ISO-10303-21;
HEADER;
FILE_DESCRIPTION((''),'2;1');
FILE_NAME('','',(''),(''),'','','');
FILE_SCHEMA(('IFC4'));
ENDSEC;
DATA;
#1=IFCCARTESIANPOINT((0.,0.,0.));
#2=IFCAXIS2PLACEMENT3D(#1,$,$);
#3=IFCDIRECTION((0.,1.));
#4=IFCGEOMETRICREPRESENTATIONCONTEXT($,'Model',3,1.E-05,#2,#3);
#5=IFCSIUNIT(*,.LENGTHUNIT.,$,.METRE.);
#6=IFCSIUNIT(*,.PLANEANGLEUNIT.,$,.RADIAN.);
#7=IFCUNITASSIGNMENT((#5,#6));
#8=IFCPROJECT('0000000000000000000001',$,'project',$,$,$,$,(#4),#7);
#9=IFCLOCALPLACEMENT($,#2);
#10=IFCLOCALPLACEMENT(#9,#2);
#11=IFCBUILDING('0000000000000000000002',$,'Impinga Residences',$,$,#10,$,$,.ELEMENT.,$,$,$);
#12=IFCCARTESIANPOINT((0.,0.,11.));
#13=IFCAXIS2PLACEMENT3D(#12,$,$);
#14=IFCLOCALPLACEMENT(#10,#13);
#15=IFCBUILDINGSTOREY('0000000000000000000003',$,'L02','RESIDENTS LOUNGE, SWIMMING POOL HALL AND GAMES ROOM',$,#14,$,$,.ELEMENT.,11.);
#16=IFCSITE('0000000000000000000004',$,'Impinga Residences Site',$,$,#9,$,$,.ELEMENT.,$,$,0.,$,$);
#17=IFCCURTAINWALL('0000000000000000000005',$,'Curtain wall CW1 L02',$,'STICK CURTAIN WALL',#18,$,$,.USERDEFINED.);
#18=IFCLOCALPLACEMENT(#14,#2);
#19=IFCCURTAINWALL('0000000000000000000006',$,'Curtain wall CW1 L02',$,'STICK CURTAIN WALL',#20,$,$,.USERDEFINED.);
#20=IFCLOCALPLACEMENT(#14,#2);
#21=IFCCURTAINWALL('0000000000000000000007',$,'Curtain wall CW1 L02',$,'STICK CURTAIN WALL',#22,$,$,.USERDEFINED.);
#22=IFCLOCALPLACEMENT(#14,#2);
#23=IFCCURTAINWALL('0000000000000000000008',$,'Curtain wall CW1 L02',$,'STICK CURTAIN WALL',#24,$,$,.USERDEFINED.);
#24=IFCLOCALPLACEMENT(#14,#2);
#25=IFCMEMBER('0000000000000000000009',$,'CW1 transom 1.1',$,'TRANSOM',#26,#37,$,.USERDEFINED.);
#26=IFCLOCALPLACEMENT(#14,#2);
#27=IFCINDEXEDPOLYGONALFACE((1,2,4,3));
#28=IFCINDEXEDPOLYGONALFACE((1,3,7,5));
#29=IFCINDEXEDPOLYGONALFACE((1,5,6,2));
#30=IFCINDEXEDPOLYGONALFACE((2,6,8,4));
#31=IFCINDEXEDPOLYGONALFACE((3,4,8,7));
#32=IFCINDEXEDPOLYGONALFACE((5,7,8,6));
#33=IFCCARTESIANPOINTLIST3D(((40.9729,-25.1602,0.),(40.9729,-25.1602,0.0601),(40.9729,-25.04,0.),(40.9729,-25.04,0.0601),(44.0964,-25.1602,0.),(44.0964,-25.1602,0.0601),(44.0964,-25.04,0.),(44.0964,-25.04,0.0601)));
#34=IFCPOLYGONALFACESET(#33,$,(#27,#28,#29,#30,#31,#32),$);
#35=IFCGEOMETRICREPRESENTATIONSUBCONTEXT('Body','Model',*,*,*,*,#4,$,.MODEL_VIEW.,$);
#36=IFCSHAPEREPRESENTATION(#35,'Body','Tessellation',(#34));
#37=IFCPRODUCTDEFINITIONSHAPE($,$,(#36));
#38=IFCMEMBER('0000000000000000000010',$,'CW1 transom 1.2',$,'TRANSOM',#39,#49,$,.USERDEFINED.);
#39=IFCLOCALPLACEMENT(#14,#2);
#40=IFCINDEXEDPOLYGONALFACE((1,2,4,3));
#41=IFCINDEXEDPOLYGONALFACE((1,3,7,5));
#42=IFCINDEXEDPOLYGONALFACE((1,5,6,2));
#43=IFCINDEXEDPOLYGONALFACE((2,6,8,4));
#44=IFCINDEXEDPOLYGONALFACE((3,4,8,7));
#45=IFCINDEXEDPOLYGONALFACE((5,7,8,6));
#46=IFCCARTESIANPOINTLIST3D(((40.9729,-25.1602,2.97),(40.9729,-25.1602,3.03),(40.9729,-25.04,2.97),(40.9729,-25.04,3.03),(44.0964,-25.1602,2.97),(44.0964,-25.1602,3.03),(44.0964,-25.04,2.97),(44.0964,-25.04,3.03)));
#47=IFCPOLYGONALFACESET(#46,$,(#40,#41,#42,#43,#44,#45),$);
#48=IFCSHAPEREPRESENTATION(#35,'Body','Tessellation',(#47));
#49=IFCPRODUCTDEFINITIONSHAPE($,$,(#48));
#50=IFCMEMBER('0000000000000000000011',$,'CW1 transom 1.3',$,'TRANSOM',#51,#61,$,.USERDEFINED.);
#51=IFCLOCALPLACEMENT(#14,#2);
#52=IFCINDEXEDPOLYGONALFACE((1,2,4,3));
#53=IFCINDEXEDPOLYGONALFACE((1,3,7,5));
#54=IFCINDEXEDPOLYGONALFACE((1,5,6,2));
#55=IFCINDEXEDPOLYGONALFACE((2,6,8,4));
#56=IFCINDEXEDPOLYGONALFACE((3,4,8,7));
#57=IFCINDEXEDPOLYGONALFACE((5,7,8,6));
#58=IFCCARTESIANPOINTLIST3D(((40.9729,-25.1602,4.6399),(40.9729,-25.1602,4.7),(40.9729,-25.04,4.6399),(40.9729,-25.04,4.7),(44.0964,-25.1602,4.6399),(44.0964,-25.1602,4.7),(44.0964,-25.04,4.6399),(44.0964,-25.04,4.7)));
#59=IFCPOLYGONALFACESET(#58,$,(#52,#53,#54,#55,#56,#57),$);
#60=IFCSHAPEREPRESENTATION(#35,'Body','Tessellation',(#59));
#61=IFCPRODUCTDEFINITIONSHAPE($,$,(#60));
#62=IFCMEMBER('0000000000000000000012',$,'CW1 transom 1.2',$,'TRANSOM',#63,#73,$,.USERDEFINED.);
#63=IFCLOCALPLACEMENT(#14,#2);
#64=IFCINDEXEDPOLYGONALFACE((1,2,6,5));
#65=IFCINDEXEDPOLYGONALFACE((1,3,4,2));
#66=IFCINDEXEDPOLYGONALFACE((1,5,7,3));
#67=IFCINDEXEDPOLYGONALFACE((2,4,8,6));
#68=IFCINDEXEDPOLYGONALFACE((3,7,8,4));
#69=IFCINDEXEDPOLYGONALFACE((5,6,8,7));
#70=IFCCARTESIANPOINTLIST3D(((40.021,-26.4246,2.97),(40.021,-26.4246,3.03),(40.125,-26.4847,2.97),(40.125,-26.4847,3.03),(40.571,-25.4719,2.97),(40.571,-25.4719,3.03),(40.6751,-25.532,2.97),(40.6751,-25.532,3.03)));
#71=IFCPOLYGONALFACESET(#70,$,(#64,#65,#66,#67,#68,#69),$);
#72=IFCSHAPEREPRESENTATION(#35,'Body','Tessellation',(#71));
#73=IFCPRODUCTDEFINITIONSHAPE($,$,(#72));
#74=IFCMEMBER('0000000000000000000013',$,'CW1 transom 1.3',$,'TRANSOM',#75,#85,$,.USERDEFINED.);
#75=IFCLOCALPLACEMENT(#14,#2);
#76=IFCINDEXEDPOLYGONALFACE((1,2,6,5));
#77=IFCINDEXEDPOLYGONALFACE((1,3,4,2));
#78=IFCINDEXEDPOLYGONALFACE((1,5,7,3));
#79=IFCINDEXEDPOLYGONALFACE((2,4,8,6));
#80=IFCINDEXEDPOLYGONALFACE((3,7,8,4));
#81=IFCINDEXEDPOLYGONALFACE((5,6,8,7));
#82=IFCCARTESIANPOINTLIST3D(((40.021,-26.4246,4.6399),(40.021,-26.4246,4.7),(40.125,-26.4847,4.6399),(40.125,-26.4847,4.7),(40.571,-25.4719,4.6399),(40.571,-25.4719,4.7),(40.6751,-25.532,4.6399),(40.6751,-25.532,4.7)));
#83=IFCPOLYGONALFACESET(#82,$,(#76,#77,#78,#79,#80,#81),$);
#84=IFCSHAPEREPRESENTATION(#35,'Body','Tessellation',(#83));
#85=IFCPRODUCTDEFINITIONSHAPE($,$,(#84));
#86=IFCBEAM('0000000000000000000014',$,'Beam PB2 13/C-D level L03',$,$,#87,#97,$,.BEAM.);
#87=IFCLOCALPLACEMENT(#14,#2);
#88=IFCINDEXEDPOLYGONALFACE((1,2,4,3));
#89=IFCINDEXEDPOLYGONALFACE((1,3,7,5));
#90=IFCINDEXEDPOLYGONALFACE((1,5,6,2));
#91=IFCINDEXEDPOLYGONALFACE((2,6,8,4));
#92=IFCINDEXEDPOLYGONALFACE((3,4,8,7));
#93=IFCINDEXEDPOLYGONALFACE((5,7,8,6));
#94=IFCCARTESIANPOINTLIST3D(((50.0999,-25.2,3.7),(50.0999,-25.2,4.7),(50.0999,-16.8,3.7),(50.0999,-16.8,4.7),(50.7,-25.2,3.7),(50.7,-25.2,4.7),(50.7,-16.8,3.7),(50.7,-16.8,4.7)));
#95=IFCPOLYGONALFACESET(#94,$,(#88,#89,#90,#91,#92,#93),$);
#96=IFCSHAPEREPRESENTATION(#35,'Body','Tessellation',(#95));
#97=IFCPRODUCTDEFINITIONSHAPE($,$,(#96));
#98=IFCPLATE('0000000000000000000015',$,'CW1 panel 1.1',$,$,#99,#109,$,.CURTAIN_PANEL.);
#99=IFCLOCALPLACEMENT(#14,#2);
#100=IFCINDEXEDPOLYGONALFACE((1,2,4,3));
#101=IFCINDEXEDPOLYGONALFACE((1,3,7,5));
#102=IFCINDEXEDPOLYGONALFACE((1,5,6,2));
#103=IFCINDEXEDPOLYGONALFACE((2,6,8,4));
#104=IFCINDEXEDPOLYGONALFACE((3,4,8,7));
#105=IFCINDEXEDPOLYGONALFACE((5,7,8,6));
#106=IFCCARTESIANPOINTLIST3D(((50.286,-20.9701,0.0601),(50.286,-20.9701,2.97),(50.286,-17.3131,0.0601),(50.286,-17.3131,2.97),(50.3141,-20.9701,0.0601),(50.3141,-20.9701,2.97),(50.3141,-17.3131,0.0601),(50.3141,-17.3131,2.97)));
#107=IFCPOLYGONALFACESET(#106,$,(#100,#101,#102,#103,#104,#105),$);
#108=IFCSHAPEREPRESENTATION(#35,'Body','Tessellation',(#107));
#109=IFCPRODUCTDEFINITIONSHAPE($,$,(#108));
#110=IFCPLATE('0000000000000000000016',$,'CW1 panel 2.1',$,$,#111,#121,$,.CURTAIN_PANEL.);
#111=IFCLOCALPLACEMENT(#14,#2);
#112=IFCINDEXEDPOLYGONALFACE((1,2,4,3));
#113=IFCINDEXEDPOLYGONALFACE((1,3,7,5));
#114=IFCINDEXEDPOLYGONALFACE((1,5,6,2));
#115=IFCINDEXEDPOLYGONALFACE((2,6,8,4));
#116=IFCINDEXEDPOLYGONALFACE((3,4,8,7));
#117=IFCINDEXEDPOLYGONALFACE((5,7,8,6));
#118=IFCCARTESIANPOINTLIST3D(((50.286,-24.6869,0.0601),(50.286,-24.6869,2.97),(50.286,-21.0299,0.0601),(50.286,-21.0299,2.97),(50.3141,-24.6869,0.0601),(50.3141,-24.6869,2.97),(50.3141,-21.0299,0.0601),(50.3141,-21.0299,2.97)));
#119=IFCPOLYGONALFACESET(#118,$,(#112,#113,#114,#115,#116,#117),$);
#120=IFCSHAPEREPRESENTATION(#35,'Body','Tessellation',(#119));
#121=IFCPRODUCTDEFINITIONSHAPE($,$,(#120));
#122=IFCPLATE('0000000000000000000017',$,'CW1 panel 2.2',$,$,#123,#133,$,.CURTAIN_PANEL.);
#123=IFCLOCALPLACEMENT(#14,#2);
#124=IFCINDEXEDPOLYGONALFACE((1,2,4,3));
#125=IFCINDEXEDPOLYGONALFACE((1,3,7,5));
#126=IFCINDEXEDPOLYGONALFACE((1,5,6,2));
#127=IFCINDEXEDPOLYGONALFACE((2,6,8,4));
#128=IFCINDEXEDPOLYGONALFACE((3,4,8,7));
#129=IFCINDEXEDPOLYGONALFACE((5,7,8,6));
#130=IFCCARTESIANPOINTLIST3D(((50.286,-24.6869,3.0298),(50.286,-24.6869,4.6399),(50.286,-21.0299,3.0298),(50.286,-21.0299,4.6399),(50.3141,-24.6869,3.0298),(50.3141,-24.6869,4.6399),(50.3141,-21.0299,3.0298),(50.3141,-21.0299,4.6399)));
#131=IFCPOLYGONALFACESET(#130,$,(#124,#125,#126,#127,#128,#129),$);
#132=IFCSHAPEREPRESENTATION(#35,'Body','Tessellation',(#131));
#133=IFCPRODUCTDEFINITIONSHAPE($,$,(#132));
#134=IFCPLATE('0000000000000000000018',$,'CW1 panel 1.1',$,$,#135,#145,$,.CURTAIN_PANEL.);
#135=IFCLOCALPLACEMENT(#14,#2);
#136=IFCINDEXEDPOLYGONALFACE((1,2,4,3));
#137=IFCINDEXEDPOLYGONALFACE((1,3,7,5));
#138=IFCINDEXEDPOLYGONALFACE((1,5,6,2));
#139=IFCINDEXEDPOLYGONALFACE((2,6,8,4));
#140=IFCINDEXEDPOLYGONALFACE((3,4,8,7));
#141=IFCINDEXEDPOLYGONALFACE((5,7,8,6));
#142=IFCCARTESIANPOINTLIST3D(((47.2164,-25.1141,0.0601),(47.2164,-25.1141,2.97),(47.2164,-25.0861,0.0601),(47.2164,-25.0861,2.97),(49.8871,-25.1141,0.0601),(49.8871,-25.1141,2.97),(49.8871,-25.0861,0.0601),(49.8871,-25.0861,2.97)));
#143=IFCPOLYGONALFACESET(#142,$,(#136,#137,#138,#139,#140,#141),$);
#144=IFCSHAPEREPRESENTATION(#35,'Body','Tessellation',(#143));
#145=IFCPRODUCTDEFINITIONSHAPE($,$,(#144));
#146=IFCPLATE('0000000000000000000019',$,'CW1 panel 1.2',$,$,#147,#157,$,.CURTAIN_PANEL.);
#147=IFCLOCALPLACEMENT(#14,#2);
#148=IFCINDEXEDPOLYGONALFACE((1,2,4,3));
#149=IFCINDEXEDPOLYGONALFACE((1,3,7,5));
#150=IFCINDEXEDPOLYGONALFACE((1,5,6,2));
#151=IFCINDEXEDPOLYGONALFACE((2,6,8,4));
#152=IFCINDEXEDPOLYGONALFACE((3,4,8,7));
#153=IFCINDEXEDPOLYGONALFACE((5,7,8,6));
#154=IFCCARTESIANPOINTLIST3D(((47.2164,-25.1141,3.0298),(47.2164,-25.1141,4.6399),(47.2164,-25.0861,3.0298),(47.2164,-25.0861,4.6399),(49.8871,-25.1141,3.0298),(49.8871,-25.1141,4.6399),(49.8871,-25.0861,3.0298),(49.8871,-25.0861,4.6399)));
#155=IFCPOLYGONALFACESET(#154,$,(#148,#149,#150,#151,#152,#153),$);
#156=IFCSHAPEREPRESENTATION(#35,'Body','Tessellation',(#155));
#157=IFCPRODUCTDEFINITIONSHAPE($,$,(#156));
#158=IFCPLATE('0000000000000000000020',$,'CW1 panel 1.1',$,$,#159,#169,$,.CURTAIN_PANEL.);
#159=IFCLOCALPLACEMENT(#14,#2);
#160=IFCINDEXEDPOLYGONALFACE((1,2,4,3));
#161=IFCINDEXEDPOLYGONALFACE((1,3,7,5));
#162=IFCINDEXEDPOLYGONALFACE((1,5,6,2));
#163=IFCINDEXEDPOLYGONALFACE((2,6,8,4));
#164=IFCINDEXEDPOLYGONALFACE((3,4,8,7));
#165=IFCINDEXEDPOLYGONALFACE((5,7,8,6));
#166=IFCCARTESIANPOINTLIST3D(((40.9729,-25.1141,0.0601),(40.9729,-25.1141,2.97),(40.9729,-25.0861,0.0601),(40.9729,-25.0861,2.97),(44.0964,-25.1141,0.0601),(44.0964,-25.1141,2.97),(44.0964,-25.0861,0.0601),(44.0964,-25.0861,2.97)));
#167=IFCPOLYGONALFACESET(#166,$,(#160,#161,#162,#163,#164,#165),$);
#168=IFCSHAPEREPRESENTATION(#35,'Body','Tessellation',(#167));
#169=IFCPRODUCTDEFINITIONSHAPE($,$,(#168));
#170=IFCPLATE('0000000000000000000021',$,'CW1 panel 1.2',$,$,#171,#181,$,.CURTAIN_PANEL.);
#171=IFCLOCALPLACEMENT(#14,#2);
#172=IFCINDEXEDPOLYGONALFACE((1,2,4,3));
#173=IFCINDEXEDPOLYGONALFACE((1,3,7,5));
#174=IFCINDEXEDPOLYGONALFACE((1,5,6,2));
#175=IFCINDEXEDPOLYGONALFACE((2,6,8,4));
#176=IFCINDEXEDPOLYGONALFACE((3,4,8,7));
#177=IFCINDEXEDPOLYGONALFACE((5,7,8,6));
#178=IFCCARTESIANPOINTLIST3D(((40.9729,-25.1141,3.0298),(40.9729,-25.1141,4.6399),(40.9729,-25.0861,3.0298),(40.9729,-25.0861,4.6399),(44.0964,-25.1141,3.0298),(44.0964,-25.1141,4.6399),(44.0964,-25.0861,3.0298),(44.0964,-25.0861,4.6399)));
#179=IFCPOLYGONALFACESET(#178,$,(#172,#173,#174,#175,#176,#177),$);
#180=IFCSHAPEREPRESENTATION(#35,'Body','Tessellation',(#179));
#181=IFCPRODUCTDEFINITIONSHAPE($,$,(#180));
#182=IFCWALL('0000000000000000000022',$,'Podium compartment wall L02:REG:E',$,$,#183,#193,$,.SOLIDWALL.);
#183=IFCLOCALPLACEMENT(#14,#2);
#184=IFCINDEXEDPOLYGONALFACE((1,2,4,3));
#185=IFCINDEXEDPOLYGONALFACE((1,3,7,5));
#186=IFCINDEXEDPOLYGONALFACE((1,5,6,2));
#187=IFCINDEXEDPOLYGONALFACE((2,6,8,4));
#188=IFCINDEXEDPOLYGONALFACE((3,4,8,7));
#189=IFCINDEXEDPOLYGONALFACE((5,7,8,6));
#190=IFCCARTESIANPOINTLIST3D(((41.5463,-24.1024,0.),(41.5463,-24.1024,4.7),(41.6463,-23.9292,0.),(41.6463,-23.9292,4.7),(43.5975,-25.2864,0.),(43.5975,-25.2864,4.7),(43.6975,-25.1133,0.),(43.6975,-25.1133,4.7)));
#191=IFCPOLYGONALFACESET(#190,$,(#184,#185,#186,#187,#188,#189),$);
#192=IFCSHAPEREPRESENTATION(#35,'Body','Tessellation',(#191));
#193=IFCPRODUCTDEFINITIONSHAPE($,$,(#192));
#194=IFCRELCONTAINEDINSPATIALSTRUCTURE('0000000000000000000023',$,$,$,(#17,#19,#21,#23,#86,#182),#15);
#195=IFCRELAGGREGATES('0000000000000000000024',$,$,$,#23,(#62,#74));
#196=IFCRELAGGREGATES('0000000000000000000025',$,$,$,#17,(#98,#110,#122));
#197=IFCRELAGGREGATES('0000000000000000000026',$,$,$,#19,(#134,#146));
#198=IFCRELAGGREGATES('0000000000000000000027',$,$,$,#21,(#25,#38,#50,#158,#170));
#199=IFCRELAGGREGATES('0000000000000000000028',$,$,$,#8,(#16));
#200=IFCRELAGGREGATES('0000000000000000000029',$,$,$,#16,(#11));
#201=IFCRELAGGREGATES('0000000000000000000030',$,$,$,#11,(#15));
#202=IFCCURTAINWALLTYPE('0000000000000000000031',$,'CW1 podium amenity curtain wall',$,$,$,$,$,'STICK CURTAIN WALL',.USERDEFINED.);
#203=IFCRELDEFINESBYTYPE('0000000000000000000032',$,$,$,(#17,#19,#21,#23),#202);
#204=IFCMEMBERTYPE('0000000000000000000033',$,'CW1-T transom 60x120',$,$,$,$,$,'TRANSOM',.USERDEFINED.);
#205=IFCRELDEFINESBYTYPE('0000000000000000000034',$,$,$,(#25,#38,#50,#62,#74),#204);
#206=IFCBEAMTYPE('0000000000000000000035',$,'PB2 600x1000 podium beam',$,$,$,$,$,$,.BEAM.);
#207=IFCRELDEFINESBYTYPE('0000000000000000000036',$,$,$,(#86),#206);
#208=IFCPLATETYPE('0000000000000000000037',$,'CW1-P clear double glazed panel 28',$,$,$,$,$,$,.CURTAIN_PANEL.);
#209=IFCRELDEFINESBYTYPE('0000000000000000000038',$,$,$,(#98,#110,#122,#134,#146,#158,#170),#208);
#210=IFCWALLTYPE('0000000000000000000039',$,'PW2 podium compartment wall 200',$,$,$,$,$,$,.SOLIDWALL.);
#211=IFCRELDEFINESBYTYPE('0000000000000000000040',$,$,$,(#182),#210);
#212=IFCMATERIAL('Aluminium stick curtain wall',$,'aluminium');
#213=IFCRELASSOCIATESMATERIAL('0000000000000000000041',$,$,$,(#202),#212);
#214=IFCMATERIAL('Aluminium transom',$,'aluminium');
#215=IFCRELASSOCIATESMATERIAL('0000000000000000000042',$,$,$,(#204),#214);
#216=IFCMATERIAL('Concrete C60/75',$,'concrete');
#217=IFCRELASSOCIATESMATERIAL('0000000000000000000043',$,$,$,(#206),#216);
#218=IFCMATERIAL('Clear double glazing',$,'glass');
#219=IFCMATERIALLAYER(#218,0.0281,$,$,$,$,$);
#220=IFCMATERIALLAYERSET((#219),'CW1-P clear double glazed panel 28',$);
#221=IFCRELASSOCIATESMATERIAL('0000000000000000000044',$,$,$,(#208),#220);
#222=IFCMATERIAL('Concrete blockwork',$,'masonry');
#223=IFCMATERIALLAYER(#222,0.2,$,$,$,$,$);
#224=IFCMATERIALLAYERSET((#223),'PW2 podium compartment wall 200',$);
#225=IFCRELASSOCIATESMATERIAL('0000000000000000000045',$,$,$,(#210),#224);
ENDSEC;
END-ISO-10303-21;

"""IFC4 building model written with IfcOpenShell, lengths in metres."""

from ifc_helpers import new_model, si_unit, direction, frame, frame_2d, origin, origin_2d, place, context, subcontext, project, spatial, rectangle, extrude, material, layer, layer_set, material_profile, profile_set, type_object, element, aggregate, save


model = new_model("IFC4")

# Units and contexts
model_context = context("Model", 3, precision=1e-05, world=origin(), true_north=direction((0.0, 1.0)))
body_context = subcontext(model_context, "Body", "Model", "MODEL_VIEW")
ifc_project = project(units=[si_unit("LENGTHUNIT", "METRE"), si_unit("PLANEANGLEUNIT", "RADIAN")], contexts=[model_context])

# Site, building, storey
site_placement = place(None, origin())
site = spatial("IfcSite", under=ifc_project, at=site_placement, Name="Impinga Residences Site", CompositionType="ELEMENT", RefElevation=0.0)
building_placement = place(site_placement, origin())
building = spatial("IfcBuilding", under=site, at=building_placement, Name="Impinga Residences", CompositionType="ELEMENT")
storey_placement = place(building_placement, frame((0.0, 0.0, 11.0)))
storey = spatial("IfcBuildingStorey", under=building, at=storey_placement, Name="L02", Description="RESIDENTS LOUNGE, SWIMMING POOL HALL AND GAMES ROOM", CompositionType="ELEMENT", Elevation=11.0)

# Curtain walls
ifc_material_1 = material(Name="Aluminium stick curtain wall", Category="aluminium")
curtain_wall_type = type_object("IfcCurtainWallType", Name="CW1 podium amenity curtain wall", ElementType="STICK CURTAIN WALL", PredefinedType="USERDEFINED", material=ifc_material_1)
curtain_wall_1_placement = place(storey_placement, origin())
curtain_wall_1 = element("IfcCurtainWall", 1, at=curtain_wall_1_placement, inside=storey, type_object=curtain_wall_type, Name="Curtain wall CW1 L02", ObjectType="STICK CURTAIN WALL", PredefinedType="USERDEFINED")
curtain_wall_2_placement = place(storey_placement, origin())
curtain_wall_2 = element("IfcCurtainWall", 2, at=curtain_wall_2_placement, inside=storey, type_object=curtain_wall_type, Name="Curtain wall CW1 L02", ObjectType="STICK CURTAIN WALL", PredefinedType="USERDEFINED")
curtain_wall_3_placement = place(storey_placement, origin())
curtain_wall_3 = element("IfcCurtainWall", 3, at=curtain_wall_3_placement, inside=storey, type_object=curtain_wall_type, Name="Curtain wall CW1 L02", ObjectType="STICK CURTAIN WALL", PredefinedType="USERDEFINED")

# Curtain wall
curtain_wall_4_placement = place(storey_placement, origin())
curtain_wall_4 = element("IfcCurtainWall", 4, at=curtain_wall_4_placement, inside=storey, type_object=curtain_wall_type, Name="Curtain wall CW1 L02", ObjectType="STICK CURTAIN WALL", PredefinedType="USERDEFINED")

# Members
ifc_material_2 = material(Name="Aluminium transom", Category="aluminium")
ifc_material_profile_1 = material_profile(ifc_material_2, rectangle(XDim=0.0601, YDim=0.1201, at=origin_2d()), Name="60x120 transom")
ifc_profile_set_1 = profile_set([ifc_material_profile_1], Name="Aluminium transom")
member_type_1 = type_object("IfcMemberType", Name="CW1-T transom 60x120", ElementType="TRANSOM", PredefinedType="USERDEFINED", material=ifc_profile_set_1)
member_1_placement = place(storey_placement, frame((44.0964, -25.1001, 0.03), z_axis=(-1.0, 0.0, 0.0), x_axis=(0.0, 0.0, 1.0)))
member_1 = element("IfcMember", 5, at=member_1_placement, type_object=member_type_1, Name="CW1 transom 1.1", ObjectType="TRANSOM", PredefinedType="USERDEFINED", context=body_context, shape_type="SweptSolid", body=[
    extrude(rectangle(XDim=0.0601, YDim=0.1201, at=origin_2d()), origin(), (0.0, 0.0, 1.0), 3.1235),
])
member_2_placement = place(storey_placement, frame((44.0964, -25.1001, 3.0), z_axis=(-1.0, 0.0, 0.0), x_axis=(0.0, 0.0, 1.0)))
member_2 = element("IfcMember", 6, at=member_2_placement, type_object=member_type_1, Name="CW1 transom 1.2", ObjectType="TRANSOM", PredefinedType="USERDEFINED", context=body_context, shape_type="SweptSolid", body=[
    extrude(rectangle(XDim=0.0601, YDim=0.1201, at=origin_2d()), origin(), (0.0, 0.0, 1.0), 3.1235),
])
member_3_placement = place(storey_placement, frame((44.0964, -25.1001, 4.6699), z_axis=(-1.0, 0.0, 0.0), x_axis=(0.0, 0.0, 1.0)))
member_3 = element("IfcMember", 7, at=member_3_placement, type_object=member_type_1, Name="CW1 transom 1.3", ObjectType="TRANSOM", PredefinedType="USERDEFINED", context=body_context, shape_type="SweptSolid", body=[
    extrude(rectangle(XDim=0.0601, YDim=0.1201, at=origin_2d()), origin(), (0.0, 0.0, 1.0), 3.1235),
])
member_4_placement = place(storey_placement, frame((40.623, -25.502, 3.0), z_axis=(-0.50003, -0.866008, 0.0), x_axis=(0.0, 0.0, 1.0)))
member_4 = element("IfcMember", 8, at=member_4_placement, type_object=member_type_1, Name="CW1 transom 1.2", ObjectType="TRANSOM", PredefinedType="USERDEFINED", context=body_context, shape_type="SweptSolid", body=[
    extrude(rectangle(XDim=0.0601, YDim=0.1201, at=origin_2d()), origin(), (0.0, 0.0, 1.0), 1.1001),
])
member_5_placement = place(storey_placement, frame((40.623, -25.502, 4.6699), z_axis=(-0.50003, -0.866008, 0.0), x_axis=(0.0, 0.0, 1.0)))
member_5 = element("IfcMember", 9, at=member_5_placement, type_object=member_type_1, Name="CW1 transom 1.3", ObjectType="TRANSOM", PredefinedType="USERDEFINED", context=body_context, shape_type="SweptSolid", body=[
    extrude(rectangle(XDim=0.0601, YDim=0.1201, at=origin_2d()), origin(), (0.0, 0.0, 1.0), 1.1001),
])
aggregate(curtain_wall_4, [member_4, member_5])

# Beam
ifc_material_3 = material(Name="Concrete C60/75", Category="concrete")
ifc_material_profile_2 = material_profile(ifc_material_3, rectangle(XDim=0.6001, YDim=1.0, at=origin_2d()), Name="RC 600x1000")
ifc_profile_set_2 = profile_set([ifc_material_profile_2], Name="Concrete C60/75")
beam_type = type_object("IfcBeamType", Name="PB2 600x1000 podium beam", PredefinedType="BEAM", material=ifc_profile_set_2)
beam_placement = place(storey_placement, frame((50.3999, -25.2, 4.2), z_axis=(0.0, 1.0, 0.0), x_axis=(-1.0, 0.0, 0.0)))
element("IfcBeam", 10, at=beam_placement, inside=storey, type_object=beam_type, Name="Beam PB2 13/C-D level L03", PredefinedType="BEAM", context=body_context, shape_type="SweptSolid", body=[
    extrude(rectangle(XDim=0.6001, YDim=1.0, at=origin_2d()), origin(), (0.0, 0.0, 1.0), 8.3999),
])

# Plates
ifc_material_4 = material(Name="Clear double glazing", Category="glass")
ifc_layer_1 = layer(ifc_material_4, 0.0281)
ifc_layer_set_1 = layer_set([ifc_layer_1], Name="CW1-P clear double glazed panel 28")
plate_type = type_object("IfcPlateType", Name="CW1-P clear double glazed panel 28", PredefinedType="CURTAIN_PANEL", material=ifc_layer_set_1)
plate_1_placement = place(storey_placement, frame((50.3, -19.1416, 0.0601), z_axis=(0.0, 0.0, 1.0), x_axis=(0.0, -1.0, 0.0)))
plate_1 = element("IfcPlate", 11, at=plate_1_placement, type_object=plate_type, Name="CW1 panel 1.1", PredefinedType="CURTAIN_PANEL", context=body_context, shape_type="SweptSolid", body=[
    extrude(rectangle(XDim=3.657, YDim=0.0281, at=origin_2d()), origin(), (0.0, 0.0, 1.0), 2.9099),
])
plate_2_placement = place(storey_placement, frame((50.3, -22.8584, 0.0601), z_axis=(0.0, 0.0, 1.0), x_axis=(0.0, -1.0, 0.0)))
plate_2 = element("IfcPlate", 12, at=plate_2_placement, type_object=plate_type, Name="CW1 panel 2.1", PredefinedType="CURTAIN_PANEL", context=body_context, shape_type="SweptSolid", body=[
    extrude(rectangle(XDim=3.657, YDim=0.0281, at=origin_2d()), origin(), (0.0, 0.0, 1.0), 2.9099),
])
plate_3_placement = place(storey_placement, frame((50.3, -22.8584, 3.0298), z_axis=(0.0, 0.0, 1.0), x_axis=(0.0, -1.0, 0.0)))
plate_3 = element("IfcPlate", 13, at=plate_3_placement, type_object=plate_type, Name="CW1 panel 2.2", PredefinedType="CURTAIN_PANEL", context=body_context, shape_type="SweptSolid", body=[
    extrude(rectangle(XDim=3.657, YDim=0.0281, at=origin_2d()), origin(), (0.0, 0.0, 1.0), 1.6101),
])
aggregate(curtain_wall_1, [plate_1, plate_2, plate_3])
plate_4_placement = place(storey_placement, frame((48.5518, -25.1001, 0.0601), z_axis=(0.0, 0.0, 1.0), x_axis=(-1.0, 0.0, 0.0)))
plate_4 = element("IfcPlate", 14, at=plate_4_placement, type_object=plate_type, Name="CW1 panel 1.1", PredefinedType="CURTAIN_PANEL", context=body_context, shape_type="SweptSolid", body=[
    extrude(rectangle(XDim=2.6707, YDim=0.0281, at=origin_2d()), origin(), (0.0, 0.0, 1.0), 2.9099),
])
plate_5_placement = place(storey_placement, frame((48.5518, -25.1001, 3.0298), z_axis=(0.0, 0.0, 1.0), x_axis=(-1.0, 0.0, 0.0)))
plate_5 = element("IfcPlate", 15, at=plate_5_placement, type_object=plate_type, Name="CW1 panel 1.2", PredefinedType="CURTAIN_PANEL", context=body_context, shape_type="SweptSolid", body=[
    extrude(rectangle(XDim=2.6707, YDim=0.0281, at=origin_2d()), origin(), (0.0, 0.0, 1.0), 1.6101),
])
aggregate(curtain_wall_2, [plate_4, plate_5])
plate_6_placement = place(storey_placement, frame((42.5347, -25.1001, 0.0601), z_axis=(0.0, 0.0, 1.0), x_axis=(-1.0, 0.0, 0.0)))
plate_6 = element("IfcPlate", 16, at=plate_6_placement, type_object=plate_type, Name="CW1 panel 1.1", PredefinedType="CURTAIN_PANEL", context=body_context, shape_type="SweptSolid", body=[
    extrude(rectangle(XDim=3.1235, YDim=0.0281, at=origin_2d()), origin(), (0.0, 0.0, 1.0), 2.9099),
])
plate_7_placement = place(storey_placement, frame((42.5347, -25.1001, 3.0298), z_axis=(0.0, 0.0, 1.0), x_axis=(-1.0, 0.0, 0.0)))
plate_7 = element("IfcPlate", 17, at=plate_7_placement, type_object=plate_type, Name="CW1 panel 1.2", PredefinedType="CURTAIN_PANEL", context=body_context, shape_type="SweptSolid", body=[
    extrude(rectangle(XDim=3.1235, YDim=0.0281, at=origin_2d()), origin(), (0.0, 0.0, 1.0), 1.6101),
])
aggregate(curtain_wall_3, [member_1, member_2, member_3, plate_6, plate_7])

# Wall
ifc_material_5 = material(Name="Concrete blockwork", Category="masonry")
ifc_layer_2 = layer(ifc_material_5, 0.2)
ifc_layer_set_2 = layer_set([ifc_layer_2], Name="PW2 podium compartment wall 200")
wall_type_1 = type_object("IfcWallType", Name="PW2 podium compartment wall 200", PredefinedType="SOLIDWALL", material=ifc_layer_set_2)
wall_1_placement = place(storey_placement, frame((41.5964, -24.0159, 0.0), z_axis=(0.0, 0.0, 1.0), x_axis=(0.866065, -0.499931, 0.0)))
element("IfcWall", 18, at=wall_1_placement, inside=storey, type_object=wall_type_1, Name="Podium compartment wall L02:REG:E", PredefinedType="SOLIDWALL", context=body_context, shape_type="SweptSolid", body=[
    extrude(rectangle(XDim=2.3684, YDim=0.2, at=frame_2d((1.1841, 0.0))), origin(), (0.0, 0.0, 1.0), 4.7),
])

save(model, "model.ifc")
